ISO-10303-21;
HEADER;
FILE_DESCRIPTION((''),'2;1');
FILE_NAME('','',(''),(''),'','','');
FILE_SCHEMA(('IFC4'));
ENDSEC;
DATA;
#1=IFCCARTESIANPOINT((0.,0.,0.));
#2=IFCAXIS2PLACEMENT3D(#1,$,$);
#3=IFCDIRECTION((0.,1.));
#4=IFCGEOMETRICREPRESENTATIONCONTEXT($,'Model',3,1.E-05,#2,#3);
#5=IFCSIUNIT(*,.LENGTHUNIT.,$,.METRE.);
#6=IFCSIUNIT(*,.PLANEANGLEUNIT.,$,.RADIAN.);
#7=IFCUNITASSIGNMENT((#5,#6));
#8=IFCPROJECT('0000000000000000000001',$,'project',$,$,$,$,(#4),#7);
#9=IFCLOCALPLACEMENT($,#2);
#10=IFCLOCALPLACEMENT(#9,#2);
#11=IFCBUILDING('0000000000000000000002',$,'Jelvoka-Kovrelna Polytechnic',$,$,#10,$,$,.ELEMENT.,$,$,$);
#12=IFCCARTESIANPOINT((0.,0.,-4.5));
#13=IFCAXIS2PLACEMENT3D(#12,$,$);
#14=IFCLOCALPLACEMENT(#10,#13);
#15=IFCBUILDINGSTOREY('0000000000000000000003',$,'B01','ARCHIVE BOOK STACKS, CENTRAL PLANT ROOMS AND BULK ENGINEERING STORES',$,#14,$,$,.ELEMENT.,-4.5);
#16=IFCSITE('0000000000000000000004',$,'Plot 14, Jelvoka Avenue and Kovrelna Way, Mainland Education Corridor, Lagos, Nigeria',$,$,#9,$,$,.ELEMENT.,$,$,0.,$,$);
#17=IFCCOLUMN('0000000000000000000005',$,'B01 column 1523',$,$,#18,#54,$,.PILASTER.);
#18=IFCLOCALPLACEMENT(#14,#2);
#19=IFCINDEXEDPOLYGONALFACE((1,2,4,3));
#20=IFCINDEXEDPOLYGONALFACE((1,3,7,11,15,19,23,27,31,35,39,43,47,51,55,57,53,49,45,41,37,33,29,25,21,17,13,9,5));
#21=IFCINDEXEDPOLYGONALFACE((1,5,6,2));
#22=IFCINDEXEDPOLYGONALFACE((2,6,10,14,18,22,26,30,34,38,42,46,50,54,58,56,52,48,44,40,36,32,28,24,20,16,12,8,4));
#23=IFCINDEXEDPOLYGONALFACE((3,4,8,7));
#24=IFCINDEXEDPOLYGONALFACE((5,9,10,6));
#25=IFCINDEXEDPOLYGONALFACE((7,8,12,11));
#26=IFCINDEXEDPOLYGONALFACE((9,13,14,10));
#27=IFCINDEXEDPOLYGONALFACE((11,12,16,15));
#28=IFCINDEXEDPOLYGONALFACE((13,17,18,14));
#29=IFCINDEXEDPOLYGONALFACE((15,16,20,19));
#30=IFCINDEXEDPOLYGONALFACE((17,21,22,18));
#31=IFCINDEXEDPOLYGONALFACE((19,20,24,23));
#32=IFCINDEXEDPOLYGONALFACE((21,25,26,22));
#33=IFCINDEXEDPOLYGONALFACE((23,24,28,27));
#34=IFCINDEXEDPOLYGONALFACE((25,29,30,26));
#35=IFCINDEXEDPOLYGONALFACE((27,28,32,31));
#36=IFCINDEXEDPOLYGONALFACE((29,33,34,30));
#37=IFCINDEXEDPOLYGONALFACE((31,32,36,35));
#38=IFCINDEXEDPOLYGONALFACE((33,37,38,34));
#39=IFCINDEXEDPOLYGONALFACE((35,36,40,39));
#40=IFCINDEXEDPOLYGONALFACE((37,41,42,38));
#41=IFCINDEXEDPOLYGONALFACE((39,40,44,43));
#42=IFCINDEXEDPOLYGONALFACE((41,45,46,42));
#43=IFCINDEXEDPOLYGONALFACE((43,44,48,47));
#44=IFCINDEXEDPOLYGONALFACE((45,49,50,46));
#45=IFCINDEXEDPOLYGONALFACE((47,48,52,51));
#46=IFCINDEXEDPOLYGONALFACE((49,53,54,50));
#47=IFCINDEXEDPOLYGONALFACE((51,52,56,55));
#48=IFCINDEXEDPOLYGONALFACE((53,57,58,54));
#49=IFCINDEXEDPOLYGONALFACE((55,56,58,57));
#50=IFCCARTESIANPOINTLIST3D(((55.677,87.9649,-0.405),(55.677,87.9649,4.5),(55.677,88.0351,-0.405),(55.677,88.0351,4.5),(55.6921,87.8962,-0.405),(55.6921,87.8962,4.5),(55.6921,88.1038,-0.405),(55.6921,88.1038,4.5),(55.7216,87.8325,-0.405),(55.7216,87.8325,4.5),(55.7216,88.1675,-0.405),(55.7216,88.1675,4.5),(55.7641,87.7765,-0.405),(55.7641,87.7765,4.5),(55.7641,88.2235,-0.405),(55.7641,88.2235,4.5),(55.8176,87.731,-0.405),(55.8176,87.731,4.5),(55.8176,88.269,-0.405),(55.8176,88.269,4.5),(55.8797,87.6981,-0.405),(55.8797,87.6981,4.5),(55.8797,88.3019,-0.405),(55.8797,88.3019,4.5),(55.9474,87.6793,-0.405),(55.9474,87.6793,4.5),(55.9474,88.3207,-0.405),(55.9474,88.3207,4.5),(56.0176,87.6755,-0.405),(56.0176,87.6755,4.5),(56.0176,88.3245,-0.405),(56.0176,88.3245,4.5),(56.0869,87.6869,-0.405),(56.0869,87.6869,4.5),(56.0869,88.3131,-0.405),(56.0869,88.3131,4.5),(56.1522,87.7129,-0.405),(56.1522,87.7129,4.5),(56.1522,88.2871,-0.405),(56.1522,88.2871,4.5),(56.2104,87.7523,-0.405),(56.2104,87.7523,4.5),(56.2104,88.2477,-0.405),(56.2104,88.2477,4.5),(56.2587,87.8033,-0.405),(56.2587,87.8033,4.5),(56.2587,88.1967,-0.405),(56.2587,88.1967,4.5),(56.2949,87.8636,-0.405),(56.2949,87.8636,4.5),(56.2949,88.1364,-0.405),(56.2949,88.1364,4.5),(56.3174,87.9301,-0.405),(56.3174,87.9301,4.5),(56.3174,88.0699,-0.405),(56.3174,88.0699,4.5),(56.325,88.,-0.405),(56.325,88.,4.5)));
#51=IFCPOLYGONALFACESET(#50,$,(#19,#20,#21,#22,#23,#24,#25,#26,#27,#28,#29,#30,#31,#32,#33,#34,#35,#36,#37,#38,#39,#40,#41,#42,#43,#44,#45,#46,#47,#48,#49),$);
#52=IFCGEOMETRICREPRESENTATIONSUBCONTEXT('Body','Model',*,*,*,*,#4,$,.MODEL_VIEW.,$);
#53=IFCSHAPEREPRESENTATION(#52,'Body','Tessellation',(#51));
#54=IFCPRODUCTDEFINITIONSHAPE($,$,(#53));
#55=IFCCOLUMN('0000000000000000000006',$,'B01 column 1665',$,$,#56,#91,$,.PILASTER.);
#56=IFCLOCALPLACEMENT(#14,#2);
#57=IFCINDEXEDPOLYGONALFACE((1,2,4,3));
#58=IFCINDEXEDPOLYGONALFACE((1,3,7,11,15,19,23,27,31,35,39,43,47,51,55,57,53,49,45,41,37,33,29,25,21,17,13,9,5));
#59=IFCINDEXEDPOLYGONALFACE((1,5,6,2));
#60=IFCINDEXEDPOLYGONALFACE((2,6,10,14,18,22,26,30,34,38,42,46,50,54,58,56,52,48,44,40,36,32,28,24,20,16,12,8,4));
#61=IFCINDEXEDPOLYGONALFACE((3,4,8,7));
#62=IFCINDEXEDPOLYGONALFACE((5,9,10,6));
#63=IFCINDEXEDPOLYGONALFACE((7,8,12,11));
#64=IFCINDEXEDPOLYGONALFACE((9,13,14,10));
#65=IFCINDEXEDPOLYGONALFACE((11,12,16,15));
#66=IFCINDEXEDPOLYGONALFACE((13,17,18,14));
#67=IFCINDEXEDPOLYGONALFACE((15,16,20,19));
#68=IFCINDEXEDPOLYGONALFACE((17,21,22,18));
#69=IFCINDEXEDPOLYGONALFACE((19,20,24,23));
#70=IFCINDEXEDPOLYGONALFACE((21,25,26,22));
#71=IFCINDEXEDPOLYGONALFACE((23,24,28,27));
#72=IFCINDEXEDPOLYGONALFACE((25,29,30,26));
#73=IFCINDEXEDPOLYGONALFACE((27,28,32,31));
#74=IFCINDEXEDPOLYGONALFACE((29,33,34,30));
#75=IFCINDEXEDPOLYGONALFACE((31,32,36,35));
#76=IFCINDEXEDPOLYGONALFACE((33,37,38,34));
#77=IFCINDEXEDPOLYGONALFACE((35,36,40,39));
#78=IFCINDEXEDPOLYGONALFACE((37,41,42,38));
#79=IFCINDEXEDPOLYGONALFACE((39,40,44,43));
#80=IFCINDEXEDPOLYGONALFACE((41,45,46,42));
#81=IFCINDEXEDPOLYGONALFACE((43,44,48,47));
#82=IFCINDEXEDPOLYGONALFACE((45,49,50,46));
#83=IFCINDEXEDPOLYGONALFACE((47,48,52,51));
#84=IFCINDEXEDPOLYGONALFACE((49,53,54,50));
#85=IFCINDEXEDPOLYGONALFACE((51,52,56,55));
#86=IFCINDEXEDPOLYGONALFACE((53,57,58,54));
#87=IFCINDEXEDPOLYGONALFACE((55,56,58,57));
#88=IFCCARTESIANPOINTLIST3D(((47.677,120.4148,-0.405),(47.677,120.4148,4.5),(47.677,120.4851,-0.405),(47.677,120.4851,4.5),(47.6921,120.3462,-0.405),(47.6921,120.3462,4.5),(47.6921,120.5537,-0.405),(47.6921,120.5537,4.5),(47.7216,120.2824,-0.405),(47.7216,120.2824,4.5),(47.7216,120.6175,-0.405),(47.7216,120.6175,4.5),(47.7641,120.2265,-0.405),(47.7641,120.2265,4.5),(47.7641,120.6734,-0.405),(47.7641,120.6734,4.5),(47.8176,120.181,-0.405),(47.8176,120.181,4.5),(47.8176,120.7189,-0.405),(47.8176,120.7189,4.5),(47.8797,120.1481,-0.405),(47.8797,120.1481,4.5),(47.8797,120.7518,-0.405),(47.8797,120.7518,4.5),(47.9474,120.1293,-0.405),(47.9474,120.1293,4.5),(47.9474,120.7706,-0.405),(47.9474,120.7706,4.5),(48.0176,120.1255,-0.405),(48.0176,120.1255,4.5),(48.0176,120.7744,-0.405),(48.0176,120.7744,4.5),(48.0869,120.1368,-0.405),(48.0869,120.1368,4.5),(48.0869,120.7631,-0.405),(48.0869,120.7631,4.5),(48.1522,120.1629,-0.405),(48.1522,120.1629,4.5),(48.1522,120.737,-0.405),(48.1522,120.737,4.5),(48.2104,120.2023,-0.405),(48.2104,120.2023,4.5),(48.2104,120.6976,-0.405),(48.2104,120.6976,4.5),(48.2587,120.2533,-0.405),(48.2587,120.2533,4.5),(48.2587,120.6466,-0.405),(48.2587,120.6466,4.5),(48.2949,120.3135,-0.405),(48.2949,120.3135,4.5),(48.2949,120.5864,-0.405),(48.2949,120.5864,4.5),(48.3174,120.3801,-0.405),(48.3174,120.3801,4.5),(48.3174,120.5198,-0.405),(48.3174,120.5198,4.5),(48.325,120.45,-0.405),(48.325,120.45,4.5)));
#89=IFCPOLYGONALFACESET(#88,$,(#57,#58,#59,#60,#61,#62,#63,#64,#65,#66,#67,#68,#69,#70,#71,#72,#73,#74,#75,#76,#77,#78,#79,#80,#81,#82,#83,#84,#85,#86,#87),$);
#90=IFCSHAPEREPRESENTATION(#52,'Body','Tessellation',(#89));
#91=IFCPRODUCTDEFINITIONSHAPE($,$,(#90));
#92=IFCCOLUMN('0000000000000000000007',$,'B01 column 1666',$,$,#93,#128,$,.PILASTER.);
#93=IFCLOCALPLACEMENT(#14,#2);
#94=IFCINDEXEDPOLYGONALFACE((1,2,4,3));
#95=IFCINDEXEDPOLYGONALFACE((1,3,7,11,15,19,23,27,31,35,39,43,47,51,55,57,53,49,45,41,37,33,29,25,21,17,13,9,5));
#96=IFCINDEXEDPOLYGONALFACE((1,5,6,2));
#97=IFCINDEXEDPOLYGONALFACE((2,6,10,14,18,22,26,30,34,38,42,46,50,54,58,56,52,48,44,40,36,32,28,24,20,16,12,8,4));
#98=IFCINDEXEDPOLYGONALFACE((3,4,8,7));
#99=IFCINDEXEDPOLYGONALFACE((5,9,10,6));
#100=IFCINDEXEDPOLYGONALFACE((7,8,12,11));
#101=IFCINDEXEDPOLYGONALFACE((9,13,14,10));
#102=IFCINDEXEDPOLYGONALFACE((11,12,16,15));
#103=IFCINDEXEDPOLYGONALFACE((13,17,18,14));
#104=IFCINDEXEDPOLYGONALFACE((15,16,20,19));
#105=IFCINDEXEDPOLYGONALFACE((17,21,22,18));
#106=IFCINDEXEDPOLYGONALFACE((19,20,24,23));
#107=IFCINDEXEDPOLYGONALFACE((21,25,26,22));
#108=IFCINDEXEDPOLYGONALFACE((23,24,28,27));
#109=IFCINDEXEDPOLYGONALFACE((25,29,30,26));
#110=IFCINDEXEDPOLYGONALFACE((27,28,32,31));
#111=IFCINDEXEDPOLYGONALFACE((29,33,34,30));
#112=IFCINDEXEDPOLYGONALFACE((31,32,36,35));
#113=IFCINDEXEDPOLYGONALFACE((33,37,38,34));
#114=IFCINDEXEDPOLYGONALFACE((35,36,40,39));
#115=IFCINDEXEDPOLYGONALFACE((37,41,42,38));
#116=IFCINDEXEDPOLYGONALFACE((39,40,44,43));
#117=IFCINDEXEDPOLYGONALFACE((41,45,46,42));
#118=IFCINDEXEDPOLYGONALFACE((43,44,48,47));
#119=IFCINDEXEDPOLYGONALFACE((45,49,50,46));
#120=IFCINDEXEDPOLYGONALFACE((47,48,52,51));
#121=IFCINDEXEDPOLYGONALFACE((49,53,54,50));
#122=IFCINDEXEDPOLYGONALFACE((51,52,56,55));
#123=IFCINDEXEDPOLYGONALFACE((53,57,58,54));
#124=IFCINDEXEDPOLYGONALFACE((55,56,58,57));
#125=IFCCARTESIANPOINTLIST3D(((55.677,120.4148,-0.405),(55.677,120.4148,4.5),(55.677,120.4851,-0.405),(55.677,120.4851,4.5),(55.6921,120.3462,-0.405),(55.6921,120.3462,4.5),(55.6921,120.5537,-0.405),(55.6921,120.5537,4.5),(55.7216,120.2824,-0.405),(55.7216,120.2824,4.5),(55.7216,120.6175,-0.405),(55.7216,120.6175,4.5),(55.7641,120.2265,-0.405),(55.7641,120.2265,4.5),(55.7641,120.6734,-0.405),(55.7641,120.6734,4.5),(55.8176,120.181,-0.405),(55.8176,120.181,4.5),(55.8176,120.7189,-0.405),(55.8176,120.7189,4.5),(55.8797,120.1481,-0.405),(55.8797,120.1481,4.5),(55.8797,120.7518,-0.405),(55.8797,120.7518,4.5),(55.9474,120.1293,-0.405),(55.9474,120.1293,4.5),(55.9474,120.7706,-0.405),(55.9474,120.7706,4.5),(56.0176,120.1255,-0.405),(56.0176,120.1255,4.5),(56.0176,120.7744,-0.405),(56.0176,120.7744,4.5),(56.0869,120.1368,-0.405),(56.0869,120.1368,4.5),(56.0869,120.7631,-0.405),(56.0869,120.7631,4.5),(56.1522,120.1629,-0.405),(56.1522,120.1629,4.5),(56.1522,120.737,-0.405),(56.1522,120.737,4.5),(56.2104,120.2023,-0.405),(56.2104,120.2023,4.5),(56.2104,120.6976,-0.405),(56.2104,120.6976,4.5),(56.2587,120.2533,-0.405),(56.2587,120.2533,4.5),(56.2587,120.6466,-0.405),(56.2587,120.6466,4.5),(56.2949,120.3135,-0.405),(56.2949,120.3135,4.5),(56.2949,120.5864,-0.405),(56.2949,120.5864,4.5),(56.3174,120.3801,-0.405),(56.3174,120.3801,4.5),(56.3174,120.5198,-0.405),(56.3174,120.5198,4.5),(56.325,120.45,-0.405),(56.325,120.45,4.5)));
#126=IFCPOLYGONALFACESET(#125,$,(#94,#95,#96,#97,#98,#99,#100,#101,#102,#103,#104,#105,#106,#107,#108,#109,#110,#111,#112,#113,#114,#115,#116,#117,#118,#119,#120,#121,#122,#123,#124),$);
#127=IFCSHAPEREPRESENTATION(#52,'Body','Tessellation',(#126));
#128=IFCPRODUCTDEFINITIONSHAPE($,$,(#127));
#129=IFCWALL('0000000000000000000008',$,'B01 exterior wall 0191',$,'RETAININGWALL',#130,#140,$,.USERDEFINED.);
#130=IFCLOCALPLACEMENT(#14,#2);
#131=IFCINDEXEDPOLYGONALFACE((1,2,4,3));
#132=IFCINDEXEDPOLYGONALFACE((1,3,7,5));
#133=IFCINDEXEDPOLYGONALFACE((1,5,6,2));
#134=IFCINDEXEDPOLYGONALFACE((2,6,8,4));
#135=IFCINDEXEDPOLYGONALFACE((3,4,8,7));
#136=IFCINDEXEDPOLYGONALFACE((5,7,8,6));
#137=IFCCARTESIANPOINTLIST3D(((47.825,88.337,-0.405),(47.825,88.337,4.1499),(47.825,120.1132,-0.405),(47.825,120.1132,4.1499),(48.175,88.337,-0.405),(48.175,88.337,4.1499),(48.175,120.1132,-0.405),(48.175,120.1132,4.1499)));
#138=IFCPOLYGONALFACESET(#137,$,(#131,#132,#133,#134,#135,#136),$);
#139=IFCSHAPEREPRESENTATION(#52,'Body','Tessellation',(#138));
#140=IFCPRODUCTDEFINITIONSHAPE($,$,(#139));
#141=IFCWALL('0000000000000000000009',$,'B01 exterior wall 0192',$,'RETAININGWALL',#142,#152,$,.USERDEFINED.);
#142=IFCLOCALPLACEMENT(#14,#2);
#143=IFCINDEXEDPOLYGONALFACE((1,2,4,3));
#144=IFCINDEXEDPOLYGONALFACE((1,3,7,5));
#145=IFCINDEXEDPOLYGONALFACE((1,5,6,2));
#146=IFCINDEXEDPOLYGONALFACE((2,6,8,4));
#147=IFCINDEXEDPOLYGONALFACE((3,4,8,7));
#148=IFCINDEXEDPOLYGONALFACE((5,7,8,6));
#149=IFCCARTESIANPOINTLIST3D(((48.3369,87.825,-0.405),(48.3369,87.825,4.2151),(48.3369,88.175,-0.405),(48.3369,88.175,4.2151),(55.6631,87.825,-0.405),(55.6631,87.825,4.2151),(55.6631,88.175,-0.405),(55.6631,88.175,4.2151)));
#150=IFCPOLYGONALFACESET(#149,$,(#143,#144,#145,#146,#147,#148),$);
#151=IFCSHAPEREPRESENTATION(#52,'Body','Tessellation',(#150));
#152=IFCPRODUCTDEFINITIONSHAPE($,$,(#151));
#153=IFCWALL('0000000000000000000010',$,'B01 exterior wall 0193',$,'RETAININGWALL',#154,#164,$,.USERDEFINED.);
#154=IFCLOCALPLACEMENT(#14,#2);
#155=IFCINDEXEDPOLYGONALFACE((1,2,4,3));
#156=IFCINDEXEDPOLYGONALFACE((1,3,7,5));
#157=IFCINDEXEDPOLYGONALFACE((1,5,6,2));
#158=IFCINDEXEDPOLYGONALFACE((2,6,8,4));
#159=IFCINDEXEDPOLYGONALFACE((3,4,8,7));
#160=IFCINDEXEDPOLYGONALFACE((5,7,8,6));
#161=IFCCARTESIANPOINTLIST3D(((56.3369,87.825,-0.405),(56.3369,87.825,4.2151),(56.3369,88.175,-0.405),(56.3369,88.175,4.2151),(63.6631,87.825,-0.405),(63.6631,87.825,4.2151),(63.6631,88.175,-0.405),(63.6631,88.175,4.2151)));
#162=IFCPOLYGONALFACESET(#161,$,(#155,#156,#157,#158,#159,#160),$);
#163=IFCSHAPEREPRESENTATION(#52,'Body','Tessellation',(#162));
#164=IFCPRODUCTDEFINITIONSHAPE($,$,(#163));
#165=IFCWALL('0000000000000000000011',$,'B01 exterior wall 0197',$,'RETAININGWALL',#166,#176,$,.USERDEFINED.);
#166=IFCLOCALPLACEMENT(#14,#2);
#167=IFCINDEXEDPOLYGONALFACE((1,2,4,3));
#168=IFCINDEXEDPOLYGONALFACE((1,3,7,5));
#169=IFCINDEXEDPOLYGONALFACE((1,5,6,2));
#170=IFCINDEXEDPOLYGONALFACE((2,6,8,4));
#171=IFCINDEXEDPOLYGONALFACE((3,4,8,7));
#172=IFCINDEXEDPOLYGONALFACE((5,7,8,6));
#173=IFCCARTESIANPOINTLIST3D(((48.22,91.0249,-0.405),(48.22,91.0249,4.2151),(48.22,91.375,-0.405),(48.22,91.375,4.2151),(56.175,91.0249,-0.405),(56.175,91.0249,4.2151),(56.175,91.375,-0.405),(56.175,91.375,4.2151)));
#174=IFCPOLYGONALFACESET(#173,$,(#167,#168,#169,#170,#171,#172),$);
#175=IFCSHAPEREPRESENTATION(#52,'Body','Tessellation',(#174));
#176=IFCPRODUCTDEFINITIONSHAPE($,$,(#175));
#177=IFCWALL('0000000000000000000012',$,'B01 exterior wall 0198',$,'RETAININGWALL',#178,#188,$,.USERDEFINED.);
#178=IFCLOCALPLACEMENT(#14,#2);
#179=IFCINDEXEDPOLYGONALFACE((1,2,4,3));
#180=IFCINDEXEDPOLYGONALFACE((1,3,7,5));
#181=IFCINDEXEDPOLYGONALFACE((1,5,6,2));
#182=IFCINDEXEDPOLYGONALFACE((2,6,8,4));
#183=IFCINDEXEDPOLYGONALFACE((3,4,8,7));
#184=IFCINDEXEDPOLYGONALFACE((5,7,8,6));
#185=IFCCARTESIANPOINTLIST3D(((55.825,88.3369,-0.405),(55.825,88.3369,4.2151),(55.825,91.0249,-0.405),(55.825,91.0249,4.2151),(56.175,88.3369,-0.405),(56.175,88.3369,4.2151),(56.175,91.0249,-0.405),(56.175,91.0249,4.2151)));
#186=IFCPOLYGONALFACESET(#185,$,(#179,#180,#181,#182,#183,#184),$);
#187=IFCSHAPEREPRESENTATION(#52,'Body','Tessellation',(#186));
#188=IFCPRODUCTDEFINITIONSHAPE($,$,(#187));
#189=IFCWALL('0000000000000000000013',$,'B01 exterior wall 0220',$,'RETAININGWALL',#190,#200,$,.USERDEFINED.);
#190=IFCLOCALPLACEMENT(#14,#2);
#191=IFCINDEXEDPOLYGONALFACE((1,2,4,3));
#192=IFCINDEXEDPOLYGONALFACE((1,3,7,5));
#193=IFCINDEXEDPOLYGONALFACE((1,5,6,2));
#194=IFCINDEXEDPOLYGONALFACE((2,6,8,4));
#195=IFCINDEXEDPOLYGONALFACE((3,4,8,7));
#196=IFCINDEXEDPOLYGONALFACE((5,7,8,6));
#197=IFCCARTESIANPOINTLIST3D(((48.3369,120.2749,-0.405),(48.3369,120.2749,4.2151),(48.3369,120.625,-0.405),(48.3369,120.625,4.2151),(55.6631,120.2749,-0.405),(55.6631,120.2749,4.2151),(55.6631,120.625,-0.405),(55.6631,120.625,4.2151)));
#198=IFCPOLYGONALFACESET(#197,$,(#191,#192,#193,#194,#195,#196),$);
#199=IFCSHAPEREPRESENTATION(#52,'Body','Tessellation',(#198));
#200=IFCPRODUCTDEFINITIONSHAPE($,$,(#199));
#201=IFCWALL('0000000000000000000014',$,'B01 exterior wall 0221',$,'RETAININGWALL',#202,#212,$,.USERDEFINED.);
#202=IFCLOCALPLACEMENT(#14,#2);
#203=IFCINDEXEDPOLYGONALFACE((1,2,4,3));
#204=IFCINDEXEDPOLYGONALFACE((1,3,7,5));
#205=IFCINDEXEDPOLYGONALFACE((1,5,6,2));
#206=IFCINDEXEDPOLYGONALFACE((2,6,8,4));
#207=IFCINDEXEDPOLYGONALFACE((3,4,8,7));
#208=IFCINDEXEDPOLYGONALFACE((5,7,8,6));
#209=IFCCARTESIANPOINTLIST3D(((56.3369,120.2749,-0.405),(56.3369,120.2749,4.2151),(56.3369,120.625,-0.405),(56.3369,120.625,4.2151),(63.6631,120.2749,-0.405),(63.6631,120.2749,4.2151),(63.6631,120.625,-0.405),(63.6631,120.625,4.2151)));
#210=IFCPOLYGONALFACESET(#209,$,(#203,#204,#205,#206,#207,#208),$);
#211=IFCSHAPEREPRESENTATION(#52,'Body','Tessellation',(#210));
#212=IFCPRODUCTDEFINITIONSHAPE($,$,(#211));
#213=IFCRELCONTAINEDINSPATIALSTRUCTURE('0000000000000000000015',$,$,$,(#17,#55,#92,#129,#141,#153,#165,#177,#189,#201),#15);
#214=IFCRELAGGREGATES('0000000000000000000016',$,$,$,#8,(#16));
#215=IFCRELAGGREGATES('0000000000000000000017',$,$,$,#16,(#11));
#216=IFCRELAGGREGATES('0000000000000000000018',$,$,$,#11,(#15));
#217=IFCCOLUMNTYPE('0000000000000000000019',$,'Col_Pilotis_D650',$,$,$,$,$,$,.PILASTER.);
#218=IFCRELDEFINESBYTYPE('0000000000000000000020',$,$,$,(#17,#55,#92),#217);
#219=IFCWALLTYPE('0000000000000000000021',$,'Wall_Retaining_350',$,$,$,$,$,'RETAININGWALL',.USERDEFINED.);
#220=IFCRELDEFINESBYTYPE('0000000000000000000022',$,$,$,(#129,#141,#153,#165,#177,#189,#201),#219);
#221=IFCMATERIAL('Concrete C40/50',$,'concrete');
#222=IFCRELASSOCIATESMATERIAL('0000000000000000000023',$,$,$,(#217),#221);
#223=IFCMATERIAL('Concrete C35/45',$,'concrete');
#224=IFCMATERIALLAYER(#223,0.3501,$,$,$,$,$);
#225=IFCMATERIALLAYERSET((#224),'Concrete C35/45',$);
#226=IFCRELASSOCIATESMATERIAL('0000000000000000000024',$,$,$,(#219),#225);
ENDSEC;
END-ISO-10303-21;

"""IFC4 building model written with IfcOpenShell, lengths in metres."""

from ifc_helpers import new_model, si_unit, direction, frame, frame_2d, origin, origin_2d, place, context, subcontext, project, spatial, rectangle, circle, extrude, material, layer, layer_set, material_profile, profile_set, type_object, element, save


model = new_model("IFC4")

# Units and contexts
model_context = context("Model", 3, precision=1e-05, world=origin(), true_north=direction((0.0, 1.0)))
body_context = subcontext(model_context, "Body", "Model", "MODEL_VIEW")
ifc_project = project(units=[si_unit("LENGTHUNIT", "METRE"), si_unit("PLANEANGLEUNIT", "RADIAN")], contexts=[model_context])

# Site, building, storey
site_placement = place(None, origin())
site = spatial("IfcSite", under=ifc_project, at=site_placement, Name="Plot 14, Jelvoka Avenue and Kovrelna Way, Mainland Education Corridor, Lagos, Nigeria", CompositionType="ELEMENT", RefElevation=0.0)
building_placement = place(site_placement, origin())
building = spatial("IfcBuilding", under=site, at=building_placement, Name="Jelvoka-Kovrelna Polytechnic", CompositionType="ELEMENT")
storey_placement = place(building_placement, frame((0.0, 0.0, -4.5)))
storey = spatial("IfcBuildingStorey", under=building, at=storey_placement, Name="B01", Description="ARCHIVE BOOK STACKS, CENTRAL PLANT ROOMS AND BULK ENGINEERING STORES", CompositionType="ELEMENT", Elevation=-4.5)

# Columns
ifc_material_1 = material(Name="Concrete C40/50", Category="concrete")
ifc_material_profile = material_profile(ifc_material_1, circle(Radius=0.325, at=origin_2d()), Name="RC D650")
ifc_profile_set = profile_set([ifc_material_profile], Name="Concrete C40/50")
column_type = type_object("IfcColumnType", Name="Col_Pilotis_D650", PredefinedType="PILASTER", material=ifc_profile_set)
for number, where, z_axis, x_axis, name in (
    (1, (56.0, 88.0, -0.405), (0.0, 0.0, 1.0), (1.0, 0.0, 0.0), "B01 column 1523"),
    (2, (48.0, 120.45, -0.405), (0.0, 0.0, 1.0), (1.0, 0.0, 0.0), "B01 column 1665"),
    (3, (56.0, 120.45, -0.405), (0.0, 0.0, 1.0), (1.0, 0.0, 0.0), "B01 column 1666"),
):
    element("IfcColumn", number, at=place(storey_placement, frame(where, z_axis=z_axis, x_axis=x_axis)), inside=storey, type_object=column_type, Name=name, PredefinedType="PILASTER", context=body_context, shape_type="SweptSolid", body=[
        extrude(circle(Radius=0.325, at=origin_2d()), origin(), (0.0, 0.0, 1.0), 4.905),
    ])

# Walls
ifc_material_2 = material(Name="Concrete C35/45", Category="concrete")
ifc_layer = layer(ifc_material_2, 0.3501)
ifc_layer_set = layer_set([ifc_layer], Name="Concrete C35/45")
wall_type = type_object("IfcWallType", Name="Wall_Retaining_350", ElementType="RETAININGWALL", PredefinedType="USERDEFINED", material=ifc_layer_set)
wall_1_placement = place(storey_placement, frame((48.0, 88.3369, -0.405), z_axis=(0.0, 0.0, 1.0), x_axis=(0.0, 1.0, 0.0)))
element("IfcWall", 4, at=wall_1_placement, inside=storey, type_object=wall_type, Name="B01 exterior wall 0191", ObjectType="RETAININGWALL", PredefinedType="USERDEFINED", context=body_context, shape_type="SweptSolid", body=[
    extrude(rectangle(XDim=31.7761, YDim=0.3501, at=frame_2d((15.8882, 0.0))), origin(), (0.0, 0.0, 1.0), 4.5549),
])
for number, where, z_axis, x_axis, name in (
    (5, (48.3369, 88.0, -0.405), (0.0, 0.0, 1.0), (1.0, 0.0, 0.0), "B01 exterior wall 0192"),
    (6, (56.3369, 88.0, -0.405), (0.0, 0.0, 1.0), (1.0, 0.0, 0.0), "B01 exterior wall 0193"),
):
    element("IfcWall", number, at=place(storey_placement, frame(where, z_axis=z_axis, x_axis=x_axis)), inside=storey, type_object=wall_type, Name=name, ObjectType="RETAININGWALL", PredefinedType="USERDEFINED", context=body_context, shape_type="SweptSolid", body=[
        extrude(rectangle(XDim=7.3262, YDim=0.3501, at=frame_2d((3.6631, 0.0))), origin(), (0.0, 0.0, 1.0), 4.6201),
    ])
wall_2_placement = place(storey_placement, frame((48.22, 91.2, -0.405), z_axis=(0.0, 0.0, 1.0), x_axis=(1.0, 0.0, 0.0)))
element("IfcWall", 7, at=wall_2_placement, inside=storey, type_object=wall_type, Name="B01 exterior wall 0197", ObjectType="RETAININGWALL", PredefinedType="USERDEFINED", context=body_context, shape_type="SweptSolid", body=[
    extrude(rectangle(XDim=7.9551, YDim=0.3501, at=frame_2d((3.9775, 0.0))), origin(), (0.0, 0.0, 1.0), 4.6201),
])
wall_3_placement = place(storey_placement, frame((56.0, 88.3369, -0.405), z_axis=(0.0, 0.0, 1.0), x_axis=(0.0, 1.0, 0.0)))
element("IfcWall", 8, at=wall_3_placement, inside=storey, type_object=wall_type, Name="B01 exterior wall 0198", ObjectType="RETAININGWALL", PredefinedType="USERDEFINED", context=body_context, shape_type="SweptSolid", body=[
    extrude(rectangle(XDim=2.688, YDim=0.3501, at=frame_2d((1.344, 0.0))), origin(), (0.0, 0.0, 1.0), 4.6201),
])
for number, where, z_axis, x_axis, name in (
    (9, (48.3369, 120.45, -0.405), (0.0, 0.0, 1.0), (1.0, 0.0, 0.0), "B01 exterior wall 0220"),
    (10, (56.3369, 120.45, -0.405), (0.0, 0.0, 1.0), (1.0, 0.0, 0.0), "B01 exterior wall 0221"),
):
    element("IfcWall", number, at=place(storey_placement, frame(where, z_axis=z_axis, x_axis=x_axis)), inside=storey, type_object=wall_type, Name=name, ObjectType="RETAININGWALL", PredefinedType="USERDEFINED", context=body_context, shape_type="SweptSolid", body=[
        extrude(rectangle(XDim=7.3262, YDim=0.3501, at=frame_2d((3.6631, 0.0))), origin(), (0.0, 0.0, 1.0), 4.6201),
    ])

save(model, "model.ifc")
